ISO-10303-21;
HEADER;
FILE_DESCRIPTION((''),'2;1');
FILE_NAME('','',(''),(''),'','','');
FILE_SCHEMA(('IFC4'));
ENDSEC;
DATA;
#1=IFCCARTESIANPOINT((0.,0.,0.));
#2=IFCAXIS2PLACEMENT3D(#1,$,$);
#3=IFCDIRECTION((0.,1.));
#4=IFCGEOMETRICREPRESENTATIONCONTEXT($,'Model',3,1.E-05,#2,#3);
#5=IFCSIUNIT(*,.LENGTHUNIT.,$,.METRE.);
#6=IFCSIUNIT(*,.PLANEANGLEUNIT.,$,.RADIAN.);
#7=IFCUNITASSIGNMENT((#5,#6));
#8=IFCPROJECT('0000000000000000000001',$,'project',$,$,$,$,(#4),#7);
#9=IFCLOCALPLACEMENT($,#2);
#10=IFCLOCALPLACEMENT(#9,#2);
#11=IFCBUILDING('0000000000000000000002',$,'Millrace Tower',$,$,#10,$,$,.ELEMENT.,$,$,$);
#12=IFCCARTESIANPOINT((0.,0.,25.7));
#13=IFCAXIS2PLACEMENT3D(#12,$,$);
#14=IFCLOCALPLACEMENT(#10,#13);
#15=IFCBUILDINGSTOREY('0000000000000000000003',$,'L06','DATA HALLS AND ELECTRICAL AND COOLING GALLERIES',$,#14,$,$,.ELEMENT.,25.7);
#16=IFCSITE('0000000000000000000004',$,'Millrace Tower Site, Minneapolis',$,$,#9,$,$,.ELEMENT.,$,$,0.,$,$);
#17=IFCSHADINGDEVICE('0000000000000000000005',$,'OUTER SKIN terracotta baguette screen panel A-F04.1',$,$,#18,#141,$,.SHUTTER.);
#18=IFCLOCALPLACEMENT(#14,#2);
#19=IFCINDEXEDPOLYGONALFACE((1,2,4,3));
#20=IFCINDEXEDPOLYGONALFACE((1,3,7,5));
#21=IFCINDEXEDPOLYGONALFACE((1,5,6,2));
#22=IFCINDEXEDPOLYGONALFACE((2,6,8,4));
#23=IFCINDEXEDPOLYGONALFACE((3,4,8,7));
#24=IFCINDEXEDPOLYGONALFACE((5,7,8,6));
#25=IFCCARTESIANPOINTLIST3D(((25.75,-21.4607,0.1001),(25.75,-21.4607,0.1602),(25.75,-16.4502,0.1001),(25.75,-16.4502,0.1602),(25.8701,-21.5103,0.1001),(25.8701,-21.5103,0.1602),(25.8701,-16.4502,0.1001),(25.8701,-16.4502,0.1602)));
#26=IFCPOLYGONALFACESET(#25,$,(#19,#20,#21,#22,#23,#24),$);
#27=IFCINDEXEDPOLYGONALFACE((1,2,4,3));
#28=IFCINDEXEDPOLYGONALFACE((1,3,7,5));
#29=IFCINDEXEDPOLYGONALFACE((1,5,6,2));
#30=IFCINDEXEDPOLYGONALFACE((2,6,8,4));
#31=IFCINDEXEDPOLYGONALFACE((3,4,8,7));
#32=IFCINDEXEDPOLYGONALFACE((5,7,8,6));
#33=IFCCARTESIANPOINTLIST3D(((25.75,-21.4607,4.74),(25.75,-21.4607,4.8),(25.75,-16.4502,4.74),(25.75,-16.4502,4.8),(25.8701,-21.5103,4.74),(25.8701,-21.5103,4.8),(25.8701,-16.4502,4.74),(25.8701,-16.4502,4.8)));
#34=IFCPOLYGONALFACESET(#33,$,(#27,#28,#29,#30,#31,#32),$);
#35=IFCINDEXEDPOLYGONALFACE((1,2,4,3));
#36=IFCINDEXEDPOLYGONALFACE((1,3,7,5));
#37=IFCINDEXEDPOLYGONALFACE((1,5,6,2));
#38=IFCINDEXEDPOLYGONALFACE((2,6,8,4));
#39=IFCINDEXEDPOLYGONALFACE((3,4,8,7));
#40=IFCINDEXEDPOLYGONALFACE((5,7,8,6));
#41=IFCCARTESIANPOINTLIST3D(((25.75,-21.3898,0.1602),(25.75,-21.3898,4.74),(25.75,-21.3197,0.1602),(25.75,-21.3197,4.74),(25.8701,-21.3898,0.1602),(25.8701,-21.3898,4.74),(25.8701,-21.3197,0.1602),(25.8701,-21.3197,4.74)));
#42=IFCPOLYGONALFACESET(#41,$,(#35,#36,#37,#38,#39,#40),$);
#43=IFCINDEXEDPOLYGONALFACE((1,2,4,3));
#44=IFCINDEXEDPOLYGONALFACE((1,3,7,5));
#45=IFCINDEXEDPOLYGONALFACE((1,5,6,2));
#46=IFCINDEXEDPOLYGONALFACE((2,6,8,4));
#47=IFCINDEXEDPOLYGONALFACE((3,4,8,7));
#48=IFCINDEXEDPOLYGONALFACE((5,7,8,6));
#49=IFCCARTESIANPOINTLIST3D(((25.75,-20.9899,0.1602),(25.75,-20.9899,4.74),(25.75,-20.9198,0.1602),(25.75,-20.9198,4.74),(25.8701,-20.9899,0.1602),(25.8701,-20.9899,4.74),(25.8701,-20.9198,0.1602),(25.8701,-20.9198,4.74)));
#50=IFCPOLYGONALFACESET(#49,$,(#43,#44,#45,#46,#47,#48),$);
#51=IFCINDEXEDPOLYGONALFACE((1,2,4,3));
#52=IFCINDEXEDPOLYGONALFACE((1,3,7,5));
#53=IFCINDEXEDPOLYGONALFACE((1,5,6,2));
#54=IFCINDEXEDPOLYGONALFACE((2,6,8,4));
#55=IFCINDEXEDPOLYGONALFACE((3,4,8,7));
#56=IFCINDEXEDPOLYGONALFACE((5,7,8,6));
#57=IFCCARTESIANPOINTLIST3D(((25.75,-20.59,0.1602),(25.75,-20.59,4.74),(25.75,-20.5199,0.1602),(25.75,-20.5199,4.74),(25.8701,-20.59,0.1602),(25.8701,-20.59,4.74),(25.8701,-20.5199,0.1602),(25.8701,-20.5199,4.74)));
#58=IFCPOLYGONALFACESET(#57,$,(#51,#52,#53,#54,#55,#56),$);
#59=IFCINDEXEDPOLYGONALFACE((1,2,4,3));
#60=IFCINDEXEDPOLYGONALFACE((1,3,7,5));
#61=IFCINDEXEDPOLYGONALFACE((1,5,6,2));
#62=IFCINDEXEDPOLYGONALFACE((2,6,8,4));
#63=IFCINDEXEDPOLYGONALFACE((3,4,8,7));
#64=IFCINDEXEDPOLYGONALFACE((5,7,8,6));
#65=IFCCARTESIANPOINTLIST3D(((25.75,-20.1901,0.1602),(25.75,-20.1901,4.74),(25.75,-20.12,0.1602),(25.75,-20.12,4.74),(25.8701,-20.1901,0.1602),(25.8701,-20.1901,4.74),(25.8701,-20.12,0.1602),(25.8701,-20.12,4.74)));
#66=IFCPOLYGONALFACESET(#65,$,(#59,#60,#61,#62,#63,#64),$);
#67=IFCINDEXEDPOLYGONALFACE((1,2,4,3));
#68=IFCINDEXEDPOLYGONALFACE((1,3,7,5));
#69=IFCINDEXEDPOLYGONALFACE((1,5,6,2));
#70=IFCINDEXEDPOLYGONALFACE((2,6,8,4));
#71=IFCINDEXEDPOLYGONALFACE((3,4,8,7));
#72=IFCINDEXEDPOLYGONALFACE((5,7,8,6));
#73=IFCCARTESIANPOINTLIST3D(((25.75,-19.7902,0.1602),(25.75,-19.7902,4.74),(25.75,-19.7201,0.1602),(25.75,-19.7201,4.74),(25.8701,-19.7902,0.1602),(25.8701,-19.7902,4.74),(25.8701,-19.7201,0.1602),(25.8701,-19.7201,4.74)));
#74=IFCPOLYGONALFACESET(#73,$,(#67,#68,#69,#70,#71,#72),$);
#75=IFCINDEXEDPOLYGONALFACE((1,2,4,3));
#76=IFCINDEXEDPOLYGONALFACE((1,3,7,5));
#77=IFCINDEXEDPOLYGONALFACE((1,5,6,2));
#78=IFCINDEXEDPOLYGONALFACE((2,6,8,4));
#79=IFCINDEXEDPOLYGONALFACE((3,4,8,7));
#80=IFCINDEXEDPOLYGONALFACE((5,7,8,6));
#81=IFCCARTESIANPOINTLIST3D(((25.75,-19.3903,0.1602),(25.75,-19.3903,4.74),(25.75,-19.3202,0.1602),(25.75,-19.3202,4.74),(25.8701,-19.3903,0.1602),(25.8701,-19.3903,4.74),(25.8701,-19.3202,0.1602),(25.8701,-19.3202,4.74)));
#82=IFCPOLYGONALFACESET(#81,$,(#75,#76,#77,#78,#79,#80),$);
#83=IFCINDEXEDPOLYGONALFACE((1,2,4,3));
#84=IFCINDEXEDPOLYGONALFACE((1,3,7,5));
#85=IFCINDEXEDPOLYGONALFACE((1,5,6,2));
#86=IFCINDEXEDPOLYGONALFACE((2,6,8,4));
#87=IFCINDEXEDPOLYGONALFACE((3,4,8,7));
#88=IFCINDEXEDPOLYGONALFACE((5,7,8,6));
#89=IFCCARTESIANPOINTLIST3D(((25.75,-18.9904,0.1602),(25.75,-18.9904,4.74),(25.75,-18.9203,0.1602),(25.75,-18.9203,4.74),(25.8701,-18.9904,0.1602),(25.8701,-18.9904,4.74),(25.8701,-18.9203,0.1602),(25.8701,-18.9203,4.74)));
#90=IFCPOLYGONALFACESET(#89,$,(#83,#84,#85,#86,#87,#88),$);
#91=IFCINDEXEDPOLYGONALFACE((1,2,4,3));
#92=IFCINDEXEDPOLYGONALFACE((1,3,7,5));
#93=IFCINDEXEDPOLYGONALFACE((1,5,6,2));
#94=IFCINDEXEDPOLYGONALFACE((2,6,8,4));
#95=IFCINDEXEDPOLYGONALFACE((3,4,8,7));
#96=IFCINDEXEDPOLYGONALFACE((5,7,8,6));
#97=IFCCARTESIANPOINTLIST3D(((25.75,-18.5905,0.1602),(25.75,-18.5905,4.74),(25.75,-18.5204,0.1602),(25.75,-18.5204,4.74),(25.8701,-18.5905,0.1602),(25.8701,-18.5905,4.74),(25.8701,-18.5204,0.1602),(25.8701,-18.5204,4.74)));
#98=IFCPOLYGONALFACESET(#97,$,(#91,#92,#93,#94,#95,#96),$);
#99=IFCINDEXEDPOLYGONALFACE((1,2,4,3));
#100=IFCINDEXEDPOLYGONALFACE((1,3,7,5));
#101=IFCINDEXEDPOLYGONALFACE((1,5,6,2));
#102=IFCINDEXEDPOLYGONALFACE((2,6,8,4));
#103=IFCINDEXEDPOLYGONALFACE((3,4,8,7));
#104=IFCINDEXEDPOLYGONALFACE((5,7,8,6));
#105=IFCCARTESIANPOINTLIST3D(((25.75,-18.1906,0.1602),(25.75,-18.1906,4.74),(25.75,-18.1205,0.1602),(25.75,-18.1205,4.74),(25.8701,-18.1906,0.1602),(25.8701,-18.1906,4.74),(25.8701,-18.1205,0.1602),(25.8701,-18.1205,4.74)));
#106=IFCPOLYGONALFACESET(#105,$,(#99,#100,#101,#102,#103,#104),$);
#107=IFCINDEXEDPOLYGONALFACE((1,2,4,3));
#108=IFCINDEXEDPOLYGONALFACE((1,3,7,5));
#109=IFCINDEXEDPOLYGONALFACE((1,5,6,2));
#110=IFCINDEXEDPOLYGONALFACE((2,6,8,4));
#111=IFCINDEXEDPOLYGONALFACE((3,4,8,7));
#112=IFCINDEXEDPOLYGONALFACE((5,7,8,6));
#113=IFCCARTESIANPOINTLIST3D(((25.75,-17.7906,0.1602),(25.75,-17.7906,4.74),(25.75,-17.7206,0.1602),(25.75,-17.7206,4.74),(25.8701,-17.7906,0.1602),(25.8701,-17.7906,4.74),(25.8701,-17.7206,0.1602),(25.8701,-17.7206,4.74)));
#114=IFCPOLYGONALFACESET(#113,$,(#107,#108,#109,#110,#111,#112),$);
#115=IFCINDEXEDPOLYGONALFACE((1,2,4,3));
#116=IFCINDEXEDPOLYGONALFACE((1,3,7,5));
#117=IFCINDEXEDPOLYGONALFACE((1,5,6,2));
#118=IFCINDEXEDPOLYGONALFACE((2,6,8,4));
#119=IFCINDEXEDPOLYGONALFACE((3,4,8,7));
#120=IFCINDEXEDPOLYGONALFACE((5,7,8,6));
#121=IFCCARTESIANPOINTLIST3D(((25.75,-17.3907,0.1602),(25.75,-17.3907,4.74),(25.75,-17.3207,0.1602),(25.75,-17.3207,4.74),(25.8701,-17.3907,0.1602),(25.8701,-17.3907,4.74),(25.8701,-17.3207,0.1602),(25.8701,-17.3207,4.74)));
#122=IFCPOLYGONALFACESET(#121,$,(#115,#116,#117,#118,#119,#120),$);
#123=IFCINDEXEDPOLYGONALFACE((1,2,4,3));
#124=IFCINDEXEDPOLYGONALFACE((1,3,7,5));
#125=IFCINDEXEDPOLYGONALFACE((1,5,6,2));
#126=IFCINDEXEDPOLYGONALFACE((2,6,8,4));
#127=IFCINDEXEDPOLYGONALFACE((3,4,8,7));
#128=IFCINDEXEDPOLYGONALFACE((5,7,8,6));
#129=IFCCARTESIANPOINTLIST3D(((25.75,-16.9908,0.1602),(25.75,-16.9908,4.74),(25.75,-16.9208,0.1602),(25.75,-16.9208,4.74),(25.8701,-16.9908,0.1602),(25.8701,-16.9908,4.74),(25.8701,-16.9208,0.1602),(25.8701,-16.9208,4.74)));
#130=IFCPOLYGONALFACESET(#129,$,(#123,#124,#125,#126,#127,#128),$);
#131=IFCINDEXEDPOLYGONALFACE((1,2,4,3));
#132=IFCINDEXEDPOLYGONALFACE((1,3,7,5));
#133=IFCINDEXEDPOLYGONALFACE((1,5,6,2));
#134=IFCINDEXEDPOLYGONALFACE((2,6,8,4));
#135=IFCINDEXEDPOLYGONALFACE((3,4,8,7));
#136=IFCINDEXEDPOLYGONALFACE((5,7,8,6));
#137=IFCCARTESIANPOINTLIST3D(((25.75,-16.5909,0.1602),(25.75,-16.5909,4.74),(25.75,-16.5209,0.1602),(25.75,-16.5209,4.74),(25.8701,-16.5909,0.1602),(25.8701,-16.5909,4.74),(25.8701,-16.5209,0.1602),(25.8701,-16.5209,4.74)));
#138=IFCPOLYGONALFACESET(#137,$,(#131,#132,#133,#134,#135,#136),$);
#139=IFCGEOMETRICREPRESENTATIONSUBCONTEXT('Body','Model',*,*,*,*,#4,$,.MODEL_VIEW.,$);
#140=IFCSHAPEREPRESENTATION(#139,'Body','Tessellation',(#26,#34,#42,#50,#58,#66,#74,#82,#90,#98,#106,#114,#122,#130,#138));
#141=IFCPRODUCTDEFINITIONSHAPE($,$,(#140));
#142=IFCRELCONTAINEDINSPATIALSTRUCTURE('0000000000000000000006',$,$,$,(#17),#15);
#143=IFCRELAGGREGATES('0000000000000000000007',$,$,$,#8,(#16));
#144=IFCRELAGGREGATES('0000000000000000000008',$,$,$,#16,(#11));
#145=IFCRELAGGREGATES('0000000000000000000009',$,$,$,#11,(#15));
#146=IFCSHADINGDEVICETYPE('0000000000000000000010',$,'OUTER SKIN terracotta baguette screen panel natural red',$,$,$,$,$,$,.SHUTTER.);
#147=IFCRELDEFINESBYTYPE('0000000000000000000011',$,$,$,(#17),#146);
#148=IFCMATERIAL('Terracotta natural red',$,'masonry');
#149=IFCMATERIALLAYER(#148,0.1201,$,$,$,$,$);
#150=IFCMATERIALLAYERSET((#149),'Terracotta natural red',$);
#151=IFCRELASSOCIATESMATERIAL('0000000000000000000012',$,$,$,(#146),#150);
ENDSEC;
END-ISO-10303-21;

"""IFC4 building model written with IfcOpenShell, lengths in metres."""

from ifc_helpers import new_model, entity, si_unit, direction, frame, frame_2d, origin, place, context, subcontext, project, spatial, rectangle, extrude, source, transform, mapped, material, layer, layer_set, type_object, element, save


model = new_model("IFC4")

# Units and contexts
model_context = context("Model", 3, precision=1e-05, world=origin(), true_north=direction((0.0, 1.0)))
body_context = subcontext(model_context, "Body", "Model", "MODEL_VIEW")
ifc_project = project(units=[si_unit("LENGTHUNIT", "METRE"), si_unit("PLANEANGLEUNIT", "RADIAN")], contexts=[model_context])

# Site, building, storey
site_placement = place(None, origin())
site = spatial("IfcSite", under=ifc_project, at=site_placement, Name="Millrace Tower Site, Minneapolis", CompositionType="ELEMENT", RefElevation=0.0)
building_placement = place(site_placement, origin())
building = spatial("IfcBuilding", under=site, at=building_placement, Name="Millrace Tower", CompositionType="ELEMENT")
storey_placement = place(building_placement, frame((0.0, 0.0, 25.7)))
storey = spatial("IfcBuildingStorey", under=building, at=storey_placement, Name="L06", Description="DATA HALLS AND ELECTRICAL AND COOLING GALLERIES", CompositionType="ELEMENT", Elevation=25.7)

# Shading device
ifc_material_1 = material(Name="Terracotta natural red", Category="masonry")
ifc_layer_1 = layer(ifc_material_1, 0.1201)
ifc_layer_set_1 = layer_set([ifc_layer_1], Name="Terracotta natural red")
shading_device_type_1 = type_object("IfcShadingDeviceType", Name="OUTER SKIN terracotta baguette screen panel natural red", PredefinedType="SHUTTER", material=ifc_layer_set_1)
cartesian_point_1 = entity("IfcCartesianPoint", [-2.4929, 0.0601])
shared_polyline_1 = entity("IfcPolyline", [cartesian_point_1, entity("IfcCartesianPoint", [2.5176, 0.0601]), entity("IfcCartesianPoint", [2.5176, -0.0601]), entity("IfcCartesianPoint", [-2.5425, -0.0601]), cartesian_point_1])
shared_shape_1 = source(origin(), body_context, "Body", "SweptSolid", [
    entity("IfcExtrudedAreaSolid", entity("IfcArbitraryClosedProfileDef", "AREA", None, shared_polyline_1), entity("IfcAxis2Placement3D", entity("IfcCartesianPoint", [0.0, 0.0, 0.0])), entity("IfcDirection", [0.0, 0.0, 1.0]), 0.0601),
    entity("IfcExtrudedAreaSolid", entity("IfcArbitraryClosedProfileDef", "AREA", None, shared_polyline_1), entity("IfcAxis2Placement3D", entity("IfcCartesianPoint", [0.0, 0.0, 4.6399])), entity("IfcDirection", [0.0, 0.0, 1.0]), 0.0601),
    extrude(rectangle(XDim=0.0701, YDim=0.1201, at=frame_2d((-2.387, 0.0))), frame((0.0, 0.0, 0.0601)), (0.0, 0.0, 1.0), 4.5798),
    extrude(rectangle(XDim=0.0701, YDim=0.1201, at=frame_2d((-1.9871, 0.0))), frame((0.0, 0.0, 0.0601)), (0.0, 0.0, 1.0), 4.5798),
    extrude(rectangle(XDim=0.0701, YDim=0.1201, at=frame_2d((-1.5872, 0.0))), frame((0.0, 0.0, 0.0601)), (0.0, 0.0, 1.0), 4.5798),
    extrude(rectangle(XDim=0.0701, YDim=0.1201, at=frame_2d((-1.1873, 0.0))), frame((0.0, 0.0, 0.0601)), (0.0, 0.0, 1.0), 4.5798),
    extrude(rectangle(XDim=0.0701, YDim=0.1201, at=frame_2d((-0.7874, 0.0))), frame((0.0, 0.0, 0.0601)), (0.0, 0.0, 1.0), 4.5798),
    extrude(rectangle(XDim=0.0701, YDim=0.1201, at=frame_2d((-0.3875, 0.0))), frame((0.0, 0.0, 0.0601)), (0.0, 0.0, 1.0), 4.5798),
    extrude(rectangle(XDim=0.0701, YDim=0.1201, at=frame_2d((0.0125, 0.0))), frame((0.0, 0.0, 0.0601)), (0.0, 0.0, 1.0), 4.5798),
    extrude(rectangle(XDim=0.0701, YDim=0.1201, at=frame_2d((0.4124, 0.0))), frame((0.0, 0.0, 0.0601)), (0.0, 0.0, 1.0), 4.5798),
    extrude(rectangle(XDim=0.0701, YDim=0.1201, at=frame_2d((0.8123, 0.0))), frame((0.0, 0.0, 0.0601)), (0.0, 0.0, 1.0), 4.5798),
    extrude(rectangle(XDim=0.0701, YDim=0.1201, at=frame_2d((1.2122, 0.0))), frame((0.0, 0.0, 0.0601)), (0.0, 0.0, 1.0), 4.5798),
    extrude(rectangle(XDim=0.0701, YDim=0.1201, at=frame_2d((1.6121, 0.0))), frame((0.0, 0.0, 0.0601)), (0.0, 0.0, 1.0), 4.5798),
    extrude(rectangle(XDim=0.0701, YDim=0.1201, at=frame_2d((2.012, 0.0))), frame((0.0, 0.0, 0.0601)), (0.0, 0.0, 1.0), 4.5798),
    extrude(rectangle(XDim=0.0701, YDim=0.1201, at=frame_2d((2.4119, 0.0))), frame((0.0, 0.0, 0.0601)), (0.0, 0.0, 1.0), 4.5798),
])
shading_device_1_placement = place(storey_placement, frame((25.8101, -18.9678, 0.1001), z_axis=(0.0, 0.0, 1.0), x_axis=(0.0, 1.0, 0.0)))
element("IfcShadingDevice", 1, at=shading_device_1_placement, inside=storey, type_object=shading_device_type_1, Name="OUTER SKIN terracotta baguette screen panel A-F04.1", PredefinedType="SHUTTER", context=body_context, shape_type="MappedRepresentation", body=[
    mapped(shared_shape_1, transform((0.0, 0.0, 0.0), scale=1.0)),
])

save(model, "model.ifc")
